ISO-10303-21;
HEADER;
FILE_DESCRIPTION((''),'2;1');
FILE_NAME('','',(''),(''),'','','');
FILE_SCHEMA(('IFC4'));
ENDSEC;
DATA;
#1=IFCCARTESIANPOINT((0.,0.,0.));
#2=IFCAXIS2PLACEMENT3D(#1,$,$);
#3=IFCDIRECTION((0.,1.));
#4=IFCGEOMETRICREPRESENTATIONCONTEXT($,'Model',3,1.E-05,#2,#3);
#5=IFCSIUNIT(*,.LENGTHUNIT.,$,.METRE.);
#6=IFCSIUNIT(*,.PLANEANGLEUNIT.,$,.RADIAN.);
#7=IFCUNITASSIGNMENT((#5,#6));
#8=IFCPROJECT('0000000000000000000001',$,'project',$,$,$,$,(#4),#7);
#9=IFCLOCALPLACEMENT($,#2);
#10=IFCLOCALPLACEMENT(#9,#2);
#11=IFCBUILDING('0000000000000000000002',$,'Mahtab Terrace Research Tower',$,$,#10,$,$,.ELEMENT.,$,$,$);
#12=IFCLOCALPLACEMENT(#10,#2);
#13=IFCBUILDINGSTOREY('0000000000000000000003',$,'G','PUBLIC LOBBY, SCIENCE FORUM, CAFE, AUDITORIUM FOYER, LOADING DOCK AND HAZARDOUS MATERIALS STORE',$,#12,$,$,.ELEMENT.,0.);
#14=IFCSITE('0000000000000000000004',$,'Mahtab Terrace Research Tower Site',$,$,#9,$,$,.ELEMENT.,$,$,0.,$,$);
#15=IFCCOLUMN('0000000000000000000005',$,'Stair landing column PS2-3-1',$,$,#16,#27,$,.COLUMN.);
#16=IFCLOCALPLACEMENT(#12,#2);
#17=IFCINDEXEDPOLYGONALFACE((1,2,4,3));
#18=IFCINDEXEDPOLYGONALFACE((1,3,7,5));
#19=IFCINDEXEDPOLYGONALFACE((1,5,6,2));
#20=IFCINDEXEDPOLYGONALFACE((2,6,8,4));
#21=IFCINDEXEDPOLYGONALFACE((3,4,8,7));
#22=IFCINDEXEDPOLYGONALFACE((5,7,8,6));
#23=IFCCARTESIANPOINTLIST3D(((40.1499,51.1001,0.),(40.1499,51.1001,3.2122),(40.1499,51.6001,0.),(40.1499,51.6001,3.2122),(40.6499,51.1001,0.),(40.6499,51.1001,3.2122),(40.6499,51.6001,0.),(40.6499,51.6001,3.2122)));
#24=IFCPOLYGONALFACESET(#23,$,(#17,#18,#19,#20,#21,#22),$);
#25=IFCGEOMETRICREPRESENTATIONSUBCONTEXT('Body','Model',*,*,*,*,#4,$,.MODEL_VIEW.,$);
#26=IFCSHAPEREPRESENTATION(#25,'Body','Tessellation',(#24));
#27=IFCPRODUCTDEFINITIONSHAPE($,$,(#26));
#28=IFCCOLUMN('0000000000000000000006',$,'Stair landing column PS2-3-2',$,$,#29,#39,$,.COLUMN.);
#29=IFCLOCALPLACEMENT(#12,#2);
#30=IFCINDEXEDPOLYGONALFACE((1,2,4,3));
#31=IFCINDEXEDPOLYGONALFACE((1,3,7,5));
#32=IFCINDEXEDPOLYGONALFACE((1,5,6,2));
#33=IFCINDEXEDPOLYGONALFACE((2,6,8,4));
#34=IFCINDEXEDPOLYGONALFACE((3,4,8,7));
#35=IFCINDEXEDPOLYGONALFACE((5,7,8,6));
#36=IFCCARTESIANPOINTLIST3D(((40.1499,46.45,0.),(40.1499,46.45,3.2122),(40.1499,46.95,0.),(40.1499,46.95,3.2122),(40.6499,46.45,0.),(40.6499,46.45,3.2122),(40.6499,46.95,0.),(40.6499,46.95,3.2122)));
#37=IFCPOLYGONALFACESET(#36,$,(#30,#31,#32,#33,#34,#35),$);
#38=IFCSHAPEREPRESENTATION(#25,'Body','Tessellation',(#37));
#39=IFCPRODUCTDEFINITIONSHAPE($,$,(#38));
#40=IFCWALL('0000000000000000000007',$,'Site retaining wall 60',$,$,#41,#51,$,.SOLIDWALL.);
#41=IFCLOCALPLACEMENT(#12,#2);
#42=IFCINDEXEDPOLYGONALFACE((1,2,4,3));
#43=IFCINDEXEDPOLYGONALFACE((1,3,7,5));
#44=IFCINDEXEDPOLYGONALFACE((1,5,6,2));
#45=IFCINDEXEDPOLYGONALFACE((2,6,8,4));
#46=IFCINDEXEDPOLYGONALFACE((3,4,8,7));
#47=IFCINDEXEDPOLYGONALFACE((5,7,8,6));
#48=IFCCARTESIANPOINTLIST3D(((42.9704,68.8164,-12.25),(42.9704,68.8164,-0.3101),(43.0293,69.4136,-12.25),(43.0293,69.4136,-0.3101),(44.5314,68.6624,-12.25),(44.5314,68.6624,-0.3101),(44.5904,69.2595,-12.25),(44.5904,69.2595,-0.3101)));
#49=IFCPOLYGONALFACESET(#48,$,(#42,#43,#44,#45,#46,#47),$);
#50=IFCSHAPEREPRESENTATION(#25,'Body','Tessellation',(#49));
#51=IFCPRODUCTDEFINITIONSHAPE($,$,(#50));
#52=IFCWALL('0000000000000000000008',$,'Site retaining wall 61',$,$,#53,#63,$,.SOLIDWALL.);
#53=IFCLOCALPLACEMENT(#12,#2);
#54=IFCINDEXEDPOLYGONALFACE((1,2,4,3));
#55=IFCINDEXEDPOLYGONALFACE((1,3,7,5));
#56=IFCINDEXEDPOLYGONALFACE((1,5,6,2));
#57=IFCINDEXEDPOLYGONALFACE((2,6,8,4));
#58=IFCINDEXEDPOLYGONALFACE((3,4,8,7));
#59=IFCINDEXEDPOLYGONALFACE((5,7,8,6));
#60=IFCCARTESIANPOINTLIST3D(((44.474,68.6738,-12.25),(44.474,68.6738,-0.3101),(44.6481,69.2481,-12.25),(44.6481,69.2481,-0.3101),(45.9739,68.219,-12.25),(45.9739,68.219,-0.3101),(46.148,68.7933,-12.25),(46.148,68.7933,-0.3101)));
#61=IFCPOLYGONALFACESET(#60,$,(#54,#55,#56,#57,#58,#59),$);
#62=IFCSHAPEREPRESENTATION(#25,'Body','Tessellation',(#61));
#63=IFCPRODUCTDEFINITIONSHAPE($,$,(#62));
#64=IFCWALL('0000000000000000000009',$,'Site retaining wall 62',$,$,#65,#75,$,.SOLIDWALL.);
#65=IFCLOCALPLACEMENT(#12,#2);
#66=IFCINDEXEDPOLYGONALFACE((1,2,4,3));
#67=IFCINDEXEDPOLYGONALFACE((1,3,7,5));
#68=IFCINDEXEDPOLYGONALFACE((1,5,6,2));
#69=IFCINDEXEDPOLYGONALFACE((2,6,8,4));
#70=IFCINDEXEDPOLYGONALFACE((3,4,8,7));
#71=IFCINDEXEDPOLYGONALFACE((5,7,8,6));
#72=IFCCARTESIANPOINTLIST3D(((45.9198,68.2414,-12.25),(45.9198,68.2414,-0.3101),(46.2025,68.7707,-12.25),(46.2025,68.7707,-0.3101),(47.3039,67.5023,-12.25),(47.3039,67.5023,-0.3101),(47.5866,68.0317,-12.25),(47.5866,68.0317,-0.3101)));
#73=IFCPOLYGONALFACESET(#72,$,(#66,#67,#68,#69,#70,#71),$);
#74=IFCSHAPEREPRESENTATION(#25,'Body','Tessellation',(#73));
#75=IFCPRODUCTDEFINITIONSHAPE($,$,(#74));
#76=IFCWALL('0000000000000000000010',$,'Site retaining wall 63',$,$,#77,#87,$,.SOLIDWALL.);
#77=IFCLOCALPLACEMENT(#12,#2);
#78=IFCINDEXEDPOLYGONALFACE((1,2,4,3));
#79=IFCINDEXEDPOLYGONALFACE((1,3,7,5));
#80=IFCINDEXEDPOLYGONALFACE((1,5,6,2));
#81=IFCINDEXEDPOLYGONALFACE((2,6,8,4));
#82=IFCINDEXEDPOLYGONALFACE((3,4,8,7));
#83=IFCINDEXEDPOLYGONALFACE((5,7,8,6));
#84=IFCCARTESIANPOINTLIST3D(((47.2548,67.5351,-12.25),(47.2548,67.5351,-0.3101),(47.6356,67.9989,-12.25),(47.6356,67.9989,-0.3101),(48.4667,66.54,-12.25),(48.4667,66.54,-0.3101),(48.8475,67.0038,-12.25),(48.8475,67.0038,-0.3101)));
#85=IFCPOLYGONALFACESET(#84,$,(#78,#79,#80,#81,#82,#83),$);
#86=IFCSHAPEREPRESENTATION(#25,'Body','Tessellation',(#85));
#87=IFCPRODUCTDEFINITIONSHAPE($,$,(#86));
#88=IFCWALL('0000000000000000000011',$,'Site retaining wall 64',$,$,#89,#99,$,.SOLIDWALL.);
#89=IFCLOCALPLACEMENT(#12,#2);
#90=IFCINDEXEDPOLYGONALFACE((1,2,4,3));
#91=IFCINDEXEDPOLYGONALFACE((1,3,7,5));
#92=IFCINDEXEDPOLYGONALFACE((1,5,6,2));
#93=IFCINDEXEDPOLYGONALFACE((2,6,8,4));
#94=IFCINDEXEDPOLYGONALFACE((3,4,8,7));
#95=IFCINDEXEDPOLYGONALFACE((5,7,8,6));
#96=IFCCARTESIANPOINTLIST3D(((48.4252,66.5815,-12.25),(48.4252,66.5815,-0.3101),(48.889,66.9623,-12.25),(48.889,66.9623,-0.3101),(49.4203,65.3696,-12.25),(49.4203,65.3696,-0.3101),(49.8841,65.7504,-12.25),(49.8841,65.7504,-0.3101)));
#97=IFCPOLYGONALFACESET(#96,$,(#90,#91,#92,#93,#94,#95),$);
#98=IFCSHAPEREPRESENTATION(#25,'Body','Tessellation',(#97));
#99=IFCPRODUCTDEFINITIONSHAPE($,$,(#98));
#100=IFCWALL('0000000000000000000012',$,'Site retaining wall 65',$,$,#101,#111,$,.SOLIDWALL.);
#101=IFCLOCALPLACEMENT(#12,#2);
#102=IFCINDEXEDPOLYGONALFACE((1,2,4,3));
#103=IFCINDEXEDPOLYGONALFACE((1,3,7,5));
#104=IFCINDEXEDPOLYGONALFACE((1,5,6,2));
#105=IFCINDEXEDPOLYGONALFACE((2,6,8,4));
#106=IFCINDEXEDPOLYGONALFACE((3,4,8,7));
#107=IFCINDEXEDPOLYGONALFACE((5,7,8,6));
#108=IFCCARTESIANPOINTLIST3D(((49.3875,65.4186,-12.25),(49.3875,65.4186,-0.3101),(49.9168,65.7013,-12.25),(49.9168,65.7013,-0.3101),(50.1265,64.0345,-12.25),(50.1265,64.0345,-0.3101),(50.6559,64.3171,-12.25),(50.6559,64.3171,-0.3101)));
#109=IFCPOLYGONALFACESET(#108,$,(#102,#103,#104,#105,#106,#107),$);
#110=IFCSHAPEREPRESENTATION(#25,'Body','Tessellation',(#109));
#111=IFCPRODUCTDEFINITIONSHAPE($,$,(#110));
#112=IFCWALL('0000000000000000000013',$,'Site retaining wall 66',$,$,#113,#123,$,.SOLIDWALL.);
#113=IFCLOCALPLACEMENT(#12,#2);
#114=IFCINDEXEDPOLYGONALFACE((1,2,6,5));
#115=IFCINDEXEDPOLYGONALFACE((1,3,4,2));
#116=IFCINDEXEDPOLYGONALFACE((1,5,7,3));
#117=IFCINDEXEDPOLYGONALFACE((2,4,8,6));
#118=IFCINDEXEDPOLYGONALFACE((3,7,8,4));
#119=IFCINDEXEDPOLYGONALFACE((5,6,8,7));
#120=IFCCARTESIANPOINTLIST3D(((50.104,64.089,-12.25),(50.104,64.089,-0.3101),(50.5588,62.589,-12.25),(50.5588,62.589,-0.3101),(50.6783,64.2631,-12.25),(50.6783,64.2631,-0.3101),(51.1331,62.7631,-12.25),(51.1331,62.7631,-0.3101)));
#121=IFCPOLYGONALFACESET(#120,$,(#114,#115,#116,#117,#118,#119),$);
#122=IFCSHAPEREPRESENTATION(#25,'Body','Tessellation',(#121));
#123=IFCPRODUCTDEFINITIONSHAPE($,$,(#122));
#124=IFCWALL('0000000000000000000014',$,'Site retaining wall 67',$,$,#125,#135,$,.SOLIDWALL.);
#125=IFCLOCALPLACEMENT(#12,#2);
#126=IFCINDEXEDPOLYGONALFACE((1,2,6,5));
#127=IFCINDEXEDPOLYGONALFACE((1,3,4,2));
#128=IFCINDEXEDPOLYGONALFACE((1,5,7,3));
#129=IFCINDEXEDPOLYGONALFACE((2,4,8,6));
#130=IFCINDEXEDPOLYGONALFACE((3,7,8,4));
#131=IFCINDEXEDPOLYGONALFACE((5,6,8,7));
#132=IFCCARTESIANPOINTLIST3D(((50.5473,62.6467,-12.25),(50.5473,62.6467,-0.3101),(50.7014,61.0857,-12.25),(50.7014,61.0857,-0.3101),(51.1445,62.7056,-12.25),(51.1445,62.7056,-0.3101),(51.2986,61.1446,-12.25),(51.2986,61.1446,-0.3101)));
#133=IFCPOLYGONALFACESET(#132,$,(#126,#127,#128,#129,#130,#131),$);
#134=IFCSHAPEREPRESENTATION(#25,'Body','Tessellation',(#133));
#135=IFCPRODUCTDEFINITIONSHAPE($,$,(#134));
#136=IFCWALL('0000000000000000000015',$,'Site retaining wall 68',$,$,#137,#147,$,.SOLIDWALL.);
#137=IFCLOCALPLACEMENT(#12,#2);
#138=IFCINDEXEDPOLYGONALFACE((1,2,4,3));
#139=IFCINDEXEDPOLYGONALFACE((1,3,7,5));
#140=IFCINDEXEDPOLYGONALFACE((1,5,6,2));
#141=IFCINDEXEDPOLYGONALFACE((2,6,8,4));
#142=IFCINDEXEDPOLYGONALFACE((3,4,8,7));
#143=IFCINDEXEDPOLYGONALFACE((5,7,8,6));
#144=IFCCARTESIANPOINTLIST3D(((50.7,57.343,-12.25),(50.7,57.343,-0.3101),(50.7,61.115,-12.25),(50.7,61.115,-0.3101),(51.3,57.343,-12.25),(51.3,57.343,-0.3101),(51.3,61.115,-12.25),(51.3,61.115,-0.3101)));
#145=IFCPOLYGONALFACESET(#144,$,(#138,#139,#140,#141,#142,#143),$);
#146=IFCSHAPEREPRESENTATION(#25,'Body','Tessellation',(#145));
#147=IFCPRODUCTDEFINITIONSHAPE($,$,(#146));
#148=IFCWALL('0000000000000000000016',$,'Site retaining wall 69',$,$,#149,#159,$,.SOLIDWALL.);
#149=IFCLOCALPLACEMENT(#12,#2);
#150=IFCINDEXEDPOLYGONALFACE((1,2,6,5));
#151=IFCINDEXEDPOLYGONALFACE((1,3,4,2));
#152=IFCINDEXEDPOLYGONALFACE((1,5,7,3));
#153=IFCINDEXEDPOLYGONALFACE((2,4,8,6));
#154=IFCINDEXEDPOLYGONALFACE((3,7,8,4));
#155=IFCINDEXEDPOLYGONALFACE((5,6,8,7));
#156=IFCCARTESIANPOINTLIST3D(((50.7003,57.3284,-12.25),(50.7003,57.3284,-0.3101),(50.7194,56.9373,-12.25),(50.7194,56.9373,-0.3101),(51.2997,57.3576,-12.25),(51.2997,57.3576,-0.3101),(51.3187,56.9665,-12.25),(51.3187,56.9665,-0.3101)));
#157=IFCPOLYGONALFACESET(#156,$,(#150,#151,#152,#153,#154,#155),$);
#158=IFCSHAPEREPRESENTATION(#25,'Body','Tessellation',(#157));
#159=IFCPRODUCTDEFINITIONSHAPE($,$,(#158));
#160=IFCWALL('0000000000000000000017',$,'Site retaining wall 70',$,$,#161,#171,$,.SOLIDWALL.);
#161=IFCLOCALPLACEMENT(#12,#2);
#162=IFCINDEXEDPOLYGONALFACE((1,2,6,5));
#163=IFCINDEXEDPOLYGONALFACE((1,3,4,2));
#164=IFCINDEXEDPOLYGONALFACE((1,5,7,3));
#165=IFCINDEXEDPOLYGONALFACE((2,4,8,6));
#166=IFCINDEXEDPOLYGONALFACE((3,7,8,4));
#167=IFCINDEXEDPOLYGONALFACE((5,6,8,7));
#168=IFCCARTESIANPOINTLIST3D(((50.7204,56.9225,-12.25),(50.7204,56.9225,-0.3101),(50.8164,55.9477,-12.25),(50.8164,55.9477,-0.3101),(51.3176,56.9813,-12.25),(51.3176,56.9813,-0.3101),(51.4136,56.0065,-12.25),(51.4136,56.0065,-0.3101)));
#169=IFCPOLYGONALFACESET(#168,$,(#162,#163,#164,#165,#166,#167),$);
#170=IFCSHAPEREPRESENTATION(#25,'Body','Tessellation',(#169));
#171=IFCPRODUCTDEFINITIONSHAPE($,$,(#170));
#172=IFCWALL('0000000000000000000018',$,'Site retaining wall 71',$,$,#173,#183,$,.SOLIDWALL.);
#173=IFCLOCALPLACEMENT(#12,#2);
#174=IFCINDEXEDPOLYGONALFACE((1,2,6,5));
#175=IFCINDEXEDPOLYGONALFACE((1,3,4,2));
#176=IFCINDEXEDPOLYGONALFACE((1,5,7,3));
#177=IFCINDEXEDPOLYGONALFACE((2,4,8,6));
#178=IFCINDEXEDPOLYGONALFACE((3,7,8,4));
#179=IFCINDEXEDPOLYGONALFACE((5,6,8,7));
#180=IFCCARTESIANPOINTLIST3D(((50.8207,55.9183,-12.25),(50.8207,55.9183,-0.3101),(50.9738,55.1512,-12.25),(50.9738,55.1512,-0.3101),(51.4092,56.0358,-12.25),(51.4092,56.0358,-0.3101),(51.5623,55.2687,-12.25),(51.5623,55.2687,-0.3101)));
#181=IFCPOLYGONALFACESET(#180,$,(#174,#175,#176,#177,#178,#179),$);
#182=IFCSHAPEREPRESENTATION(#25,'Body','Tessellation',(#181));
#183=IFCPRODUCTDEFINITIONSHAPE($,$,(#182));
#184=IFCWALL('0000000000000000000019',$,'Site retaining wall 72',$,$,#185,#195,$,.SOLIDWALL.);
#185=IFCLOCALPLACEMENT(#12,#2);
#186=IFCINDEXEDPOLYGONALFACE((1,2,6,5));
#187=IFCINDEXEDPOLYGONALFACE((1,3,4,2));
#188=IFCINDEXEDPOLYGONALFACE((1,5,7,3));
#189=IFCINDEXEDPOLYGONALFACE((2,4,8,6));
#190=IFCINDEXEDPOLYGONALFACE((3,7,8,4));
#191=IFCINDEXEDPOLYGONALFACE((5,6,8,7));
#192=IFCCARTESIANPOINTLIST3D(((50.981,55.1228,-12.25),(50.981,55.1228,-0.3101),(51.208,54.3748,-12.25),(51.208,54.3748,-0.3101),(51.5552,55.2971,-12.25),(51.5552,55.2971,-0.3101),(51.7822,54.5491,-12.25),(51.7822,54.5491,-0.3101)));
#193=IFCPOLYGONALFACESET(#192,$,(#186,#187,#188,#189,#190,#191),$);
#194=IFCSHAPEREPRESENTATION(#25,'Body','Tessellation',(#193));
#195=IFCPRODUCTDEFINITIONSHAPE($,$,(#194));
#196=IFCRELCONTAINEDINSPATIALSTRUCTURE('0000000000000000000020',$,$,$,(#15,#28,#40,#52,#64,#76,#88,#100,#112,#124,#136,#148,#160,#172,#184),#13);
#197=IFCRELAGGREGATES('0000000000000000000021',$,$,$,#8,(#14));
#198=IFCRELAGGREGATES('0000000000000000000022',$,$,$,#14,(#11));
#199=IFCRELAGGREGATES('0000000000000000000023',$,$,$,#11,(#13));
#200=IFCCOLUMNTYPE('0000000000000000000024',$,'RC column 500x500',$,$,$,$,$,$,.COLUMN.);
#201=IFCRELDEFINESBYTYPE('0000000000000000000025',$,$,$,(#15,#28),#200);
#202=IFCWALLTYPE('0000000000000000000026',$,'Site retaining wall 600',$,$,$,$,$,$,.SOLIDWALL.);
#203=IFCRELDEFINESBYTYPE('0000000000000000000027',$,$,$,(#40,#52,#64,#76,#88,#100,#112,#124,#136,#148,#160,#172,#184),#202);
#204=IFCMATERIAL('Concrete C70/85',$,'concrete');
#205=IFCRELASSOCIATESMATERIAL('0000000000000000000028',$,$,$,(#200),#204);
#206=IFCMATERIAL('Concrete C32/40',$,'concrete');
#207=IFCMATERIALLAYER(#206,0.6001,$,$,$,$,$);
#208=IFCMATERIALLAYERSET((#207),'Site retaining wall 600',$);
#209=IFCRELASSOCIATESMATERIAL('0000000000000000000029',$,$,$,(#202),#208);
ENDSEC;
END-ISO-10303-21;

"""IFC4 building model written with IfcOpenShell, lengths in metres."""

from ifc_helpers import new_model, si_unit, direction, frame, frame_2d, origin, origin_2d, place, context, subcontext, project, spatial, rectangle, extrude, material, layer, layer_set, material_profile, profile_set, type_object, element, save


model = new_model("IFC4")

# Units and contexts
model_context = context("Model", 3, precision=1e-05, world=origin(), true_north=direction((0.0, 1.0)))
body_context = subcontext(model_context, "Body", "Model", "MODEL_VIEW")
ifc_project = project(units=[si_unit("LENGTHUNIT", "METRE"), si_unit("PLANEANGLEUNIT", "RADIAN")], contexts=[model_context])

# Site, building, storey
site_placement = place(None, origin())
site = spatial("IfcSite", under=ifc_project, at=site_placement, Name="Mahtab Terrace Research Tower Site", CompositionType="ELEMENT", RefElevation=0.0)
building_placement = place(site_placement, origin())
building = spatial("IfcBuilding", under=site, at=building_placement, Name="Mahtab Terrace Research Tower", CompositionType="ELEMENT")
storey_placement = place(building_placement, origin())
storey = spatial("IfcBuildingStorey", under=building, at=storey_placement, Name="G", Description="PUBLIC LOBBY, SCIENCE FORUM, CAFE, AUDITORIUM FOYER, LOADING DOCK AND HAZARDOUS MATERIALS STORE", CompositionType="ELEMENT", Elevation=0.0)

# Columns
ifc_material_1 = material(Name="Concrete C70/85", Category="concrete")
ifc_material_profile = material_profile(ifc_material_1, rectangle(XDim=0.5, YDim=0.5, at=origin_2d()), Name="RC column 500x500")
ifc_profile_set = profile_set([ifc_material_profile], Name="Concrete C70/85")
column_type = type_object("IfcColumnType", Name="RC column 500x500", PredefinedType="COLUMN", material=ifc_profile_set)
for number, where, z_axis, x_axis, name in (
    (1, (40.3999, 51.3501, 0.0), (0.0, 0.0, 1.0), (1.0, 0.0, 0.0), "Stair landing column PS2-3-1"),
    (2, (40.3999, 46.7, 0.0), (0.0, 0.0, 1.0), (1.0, 0.0, 0.0), "Stair landing column PS2-3-2"),
):
    element("IfcColumn", number, at=place(storey_placement, frame(where, z_axis=z_axis, x_axis=x_axis)), inside=storey, type_object=column_type, Name=name, PredefinedType="COLUMN", context=body_context, shape_type="SweptSolid", body=[
        extrude(rectangle(XDim=0.5, YDim=0.5, at=origin_2d()), origin(), (0.0, 0.0, 1.0), 3.2122),
    ])

# Walls
ifc_material_2 = material(Name="Concrete C32/40", Category="concrete")
ifc_layer_1 = layer(ifc_material_2, 0.6001)
ifc_layer_set_1 = layer_set([ifc_layer_1], Name="Site retaining wall 600")
wall_type = type_object("IfcWallType", Name="Site retaining wall 600", PredefinedType="SOLIDWALL", material=ifc_layer_set_1)
wall_1_placement = place(storey_placement, frame((43.0, 69.115, -12.25), z_axis=(0.0, 0.0, 1.0), x_axis=(0.995166, -0.098209, 0.0)))
element("IfcWall", 3, at=wall_1_placement, inside=storey, type_object=wall_type, Name="Site retaining wall 60", PredefinedType="SOLIDWALL", context=body_context, shape_type="SweptSolid", body=[
    extrude(rectangle(XDim=1.5686, YDim=0.6001, at=frame_2d((0.7842, 0.0))), origin(), (0.0, 0.0, 1.0), 11.9399),
])
wall_2_placement = place(storey_placement, frame((44.561, 68.9609, -12.25), z_axis=(0.0, 0.0, 1.0), x_axis=(0.956973, -0.290176, 0.0)))
element("IfcWall", 4, at=wall_2_placement, inside=storey, type_object=wall_type, Name="Site retaining wall 61", PredefinedType="SOLIDWALL", context=body_context, shape_type="SweptSolid", body=[
    extrude(rectangle(XDim=1.5674, YDim=0.6001, at=frame_2d((0.7837, 0.0))), origin(), (0.0, 0.0, 1.0), 11.9399),
])
wall_3_placement = place(storey_placement, frame((46.061, 68.5061, -12.25), z_axis=(0.0, 0.0, 1.0), x_axis=(0.882125, -0.471016, 0.0)))
element("IfcWall", 5, at=wall_3_placement, inside=storey, type_object=wall_type, Name="Site retaining wall 62", PredefinedType="SOLIDWALL", context=body_context, shape_type="SweptSolid", body=[
    extrude(rectangle(XDim=1.5691, YDim=0.6001, at=frame_2d((0.7847, 0.0))), origin(), (0.0, 0.0, 1.0), 11.9399),
])
for number, where, z_axis, x_axis, name in (
    (6, (47.4451, 67.7671, -12.25), (0.0, 0.0, 1.0), (0.772846, -0.634593, 0.0), "Site retaining wall 63"),
    (7, (48.657, 66.772, -12.25), (0.0, 0.0, 1.0), (0.634593, -0.772846, 0.0), "Site retaining wall 64"),
):
    element("IfcWall", number, at=place(storey_placement, frame(where, z_axis=z_axis, x_axis=x_axis)), inside=storey, type_object=wall_type, Name=name, PredefinedType="SOLIDWALL", context=body_context, shape_type="SweptSolid", body=[
        extrude(rectangle(XDim=1.5681, YDim=0.6001, at=frame_2d((0.7842, 0.0))), origin(), (0.0, 0.0, 1.0), 11.9399),
    ])
wall_4_placement = place(storey_placement, frame((49.6521, 65.5601, -12.25), z_axis=(0.0, 0.0, 1.0), x_axis=(0.471016, -0.882125, 0.0)))
element("IfcWall", 8, at=wall_4_placement, inside=storey, type_object=wall_type, Name="Site retaining wall 65", PredefinedType="SOLIDWALL", context=body_context, shape_type="SweptSolid", body=[
    extrude(rectangle(XDim=1.5691, YDim=0.6001, at=frame_2d((0.7847, 0.0))), origin(), (0.0, 0.0, 1.0), 11.9399),
])
wall_5_placement = place(storey_placement, frame((50.3911, 64.176, -12.25), z_axis=(0.0, 0.0, 1.0), x_axis=(0.290176, -0.956973, 0.0)))
element("IfcWall", 9, at=wall_5_placement, inside=storey, type_object=wall_type, Name="Site retaining wall 66", PredefinedType="SOLIDWALL", context=body_context, shape_type="SweptSolid", body=[
    extrude(rectangle(XDim=1.5674, YDim=0.6001, at=frame_2d((0.7837, 0.0))), origin(), (0.0, 0.0, 1.0), 11.9399),
])
wall_6_placement = place(storey_placement, frame((50.8459, 62.676, -12.25), z_axis=(0.0, 0.0, 1.0), x_axis=(0.098209, -0.995166, 0.0)))
element("IfcWall", 10, at=wall_6_placement, inside=storey, type_object=wall_type, Name="Site retaining wall 67", PredefinedType="SOLIDWALL", context=body_context, shape_type="SweptSolid", body=[
    extrude(rectangle(XDim=1.5686, YDim=0.6001, at=frame_2d((0.7842, 0.0))), origin(), (0.0, 0.0, 1.0), 11.9399),
])
wall_7_placement = place(storey_placement, frame((51.0, 61.115, -12.25), z_axis=(0.0, 0.0, 1.0), x_axis=(0.0, -1.0, 0.0)))
element("IfcWall", 11, at=wall_7_placement, inside=storey, type_object=wall_type, Name="Site retaining wall 68", PredefinedType="SOLIDWALL", context=body_context, shape_type="SweptSolid", body=[
    extrude(rectangle(XDim=3.772, YDim=0.6001, at=frame_2d((1.886, 0.0))), origin(), (0.0, 0.0, 1.0), 11.9399),
])
wall_8_placement = place(storey_placement, frame((51.0, 57.343, -12.25), z_axis=(0.0, 0.0, 1.0), x_axis=(0.048632, -0.998817, 0.0)))
element("IfcWall", 12, at=wall_8_placement, inside=storey, type_object=wall_type, Name="Site retaining wall 69", PredefinedType="SOLIDWALL", context=body_context, shape_type="SweptSolid", body=[
    extrude(rectangle(XDim=0.3916, YDim=0.6001, at=frame_2d((0.1958, 0.0))), origin(), (0.0, 0.0, 1.0), 11.9399),
])
wall_9_placement = place(storey_placement, frame((51.019, 56.9519, -12.25), z_axis=(0.0, 0.0, 1.0), x_axis=(0.097949, -0.995191, 0.0)))
element("IfcWall", 13, at=wall_9_placement, inside=storey, type_object=wall_type, Name="Site retaining wall 70", PredefinedType="SOLIDWALL", context=body_context, shape_type="SweptSolid", body=[
    extrude(rectangle(XDim=0.9795, YDim=0.6001, at=frame_2d((0.4897, 0.0))), origin(), (0.0, 0.0, 1.0), 11.9399),
])
wall_10_placement = place(storey_placement, frame((51.115, 55.9771, -12.25), z_axis=(0.0, 0.0, 1.0), x_axis=(0.195696, -0.980665, 0.0)))
element("IfcWall", 14, at=wall_10_placement, inside=storey, type_object=wall_type, Name="Site retaining wall 71", PredefinedType="SOLIDWALL", context=body_context, shape_type="SweptSolid", body=[
    extrude(rectangle(XDim=0.7822, YDim=0.6001, at=frame_2d((0.3911, 0.0))), origin(), (0.0, 0.0, 1.0), 11.9399),
])
wall_11_placement = place(storey_placement, frame((51.2681, 55.21, -12.25), z_axis=(0.0, 0.0, 1.0), x_axis=(0.290441, -0.956893, 0.0)))
element("IfcWall", 15, at=wall_11_placement, inside=storey, type_object=wall_type, Name="Site retaining wall 72", PredefinedType="SOLIDWALL", context=body_context, shape_type="SweptSolid", body=[
    extrude(rectangle(XDim=0.7817, YDim=0.6001, at=frame_2d((0.3909, 0.0))), origin(), (0.0, 0.0, 1.0), 11.9399),
])

save(model, "model.ifc")
